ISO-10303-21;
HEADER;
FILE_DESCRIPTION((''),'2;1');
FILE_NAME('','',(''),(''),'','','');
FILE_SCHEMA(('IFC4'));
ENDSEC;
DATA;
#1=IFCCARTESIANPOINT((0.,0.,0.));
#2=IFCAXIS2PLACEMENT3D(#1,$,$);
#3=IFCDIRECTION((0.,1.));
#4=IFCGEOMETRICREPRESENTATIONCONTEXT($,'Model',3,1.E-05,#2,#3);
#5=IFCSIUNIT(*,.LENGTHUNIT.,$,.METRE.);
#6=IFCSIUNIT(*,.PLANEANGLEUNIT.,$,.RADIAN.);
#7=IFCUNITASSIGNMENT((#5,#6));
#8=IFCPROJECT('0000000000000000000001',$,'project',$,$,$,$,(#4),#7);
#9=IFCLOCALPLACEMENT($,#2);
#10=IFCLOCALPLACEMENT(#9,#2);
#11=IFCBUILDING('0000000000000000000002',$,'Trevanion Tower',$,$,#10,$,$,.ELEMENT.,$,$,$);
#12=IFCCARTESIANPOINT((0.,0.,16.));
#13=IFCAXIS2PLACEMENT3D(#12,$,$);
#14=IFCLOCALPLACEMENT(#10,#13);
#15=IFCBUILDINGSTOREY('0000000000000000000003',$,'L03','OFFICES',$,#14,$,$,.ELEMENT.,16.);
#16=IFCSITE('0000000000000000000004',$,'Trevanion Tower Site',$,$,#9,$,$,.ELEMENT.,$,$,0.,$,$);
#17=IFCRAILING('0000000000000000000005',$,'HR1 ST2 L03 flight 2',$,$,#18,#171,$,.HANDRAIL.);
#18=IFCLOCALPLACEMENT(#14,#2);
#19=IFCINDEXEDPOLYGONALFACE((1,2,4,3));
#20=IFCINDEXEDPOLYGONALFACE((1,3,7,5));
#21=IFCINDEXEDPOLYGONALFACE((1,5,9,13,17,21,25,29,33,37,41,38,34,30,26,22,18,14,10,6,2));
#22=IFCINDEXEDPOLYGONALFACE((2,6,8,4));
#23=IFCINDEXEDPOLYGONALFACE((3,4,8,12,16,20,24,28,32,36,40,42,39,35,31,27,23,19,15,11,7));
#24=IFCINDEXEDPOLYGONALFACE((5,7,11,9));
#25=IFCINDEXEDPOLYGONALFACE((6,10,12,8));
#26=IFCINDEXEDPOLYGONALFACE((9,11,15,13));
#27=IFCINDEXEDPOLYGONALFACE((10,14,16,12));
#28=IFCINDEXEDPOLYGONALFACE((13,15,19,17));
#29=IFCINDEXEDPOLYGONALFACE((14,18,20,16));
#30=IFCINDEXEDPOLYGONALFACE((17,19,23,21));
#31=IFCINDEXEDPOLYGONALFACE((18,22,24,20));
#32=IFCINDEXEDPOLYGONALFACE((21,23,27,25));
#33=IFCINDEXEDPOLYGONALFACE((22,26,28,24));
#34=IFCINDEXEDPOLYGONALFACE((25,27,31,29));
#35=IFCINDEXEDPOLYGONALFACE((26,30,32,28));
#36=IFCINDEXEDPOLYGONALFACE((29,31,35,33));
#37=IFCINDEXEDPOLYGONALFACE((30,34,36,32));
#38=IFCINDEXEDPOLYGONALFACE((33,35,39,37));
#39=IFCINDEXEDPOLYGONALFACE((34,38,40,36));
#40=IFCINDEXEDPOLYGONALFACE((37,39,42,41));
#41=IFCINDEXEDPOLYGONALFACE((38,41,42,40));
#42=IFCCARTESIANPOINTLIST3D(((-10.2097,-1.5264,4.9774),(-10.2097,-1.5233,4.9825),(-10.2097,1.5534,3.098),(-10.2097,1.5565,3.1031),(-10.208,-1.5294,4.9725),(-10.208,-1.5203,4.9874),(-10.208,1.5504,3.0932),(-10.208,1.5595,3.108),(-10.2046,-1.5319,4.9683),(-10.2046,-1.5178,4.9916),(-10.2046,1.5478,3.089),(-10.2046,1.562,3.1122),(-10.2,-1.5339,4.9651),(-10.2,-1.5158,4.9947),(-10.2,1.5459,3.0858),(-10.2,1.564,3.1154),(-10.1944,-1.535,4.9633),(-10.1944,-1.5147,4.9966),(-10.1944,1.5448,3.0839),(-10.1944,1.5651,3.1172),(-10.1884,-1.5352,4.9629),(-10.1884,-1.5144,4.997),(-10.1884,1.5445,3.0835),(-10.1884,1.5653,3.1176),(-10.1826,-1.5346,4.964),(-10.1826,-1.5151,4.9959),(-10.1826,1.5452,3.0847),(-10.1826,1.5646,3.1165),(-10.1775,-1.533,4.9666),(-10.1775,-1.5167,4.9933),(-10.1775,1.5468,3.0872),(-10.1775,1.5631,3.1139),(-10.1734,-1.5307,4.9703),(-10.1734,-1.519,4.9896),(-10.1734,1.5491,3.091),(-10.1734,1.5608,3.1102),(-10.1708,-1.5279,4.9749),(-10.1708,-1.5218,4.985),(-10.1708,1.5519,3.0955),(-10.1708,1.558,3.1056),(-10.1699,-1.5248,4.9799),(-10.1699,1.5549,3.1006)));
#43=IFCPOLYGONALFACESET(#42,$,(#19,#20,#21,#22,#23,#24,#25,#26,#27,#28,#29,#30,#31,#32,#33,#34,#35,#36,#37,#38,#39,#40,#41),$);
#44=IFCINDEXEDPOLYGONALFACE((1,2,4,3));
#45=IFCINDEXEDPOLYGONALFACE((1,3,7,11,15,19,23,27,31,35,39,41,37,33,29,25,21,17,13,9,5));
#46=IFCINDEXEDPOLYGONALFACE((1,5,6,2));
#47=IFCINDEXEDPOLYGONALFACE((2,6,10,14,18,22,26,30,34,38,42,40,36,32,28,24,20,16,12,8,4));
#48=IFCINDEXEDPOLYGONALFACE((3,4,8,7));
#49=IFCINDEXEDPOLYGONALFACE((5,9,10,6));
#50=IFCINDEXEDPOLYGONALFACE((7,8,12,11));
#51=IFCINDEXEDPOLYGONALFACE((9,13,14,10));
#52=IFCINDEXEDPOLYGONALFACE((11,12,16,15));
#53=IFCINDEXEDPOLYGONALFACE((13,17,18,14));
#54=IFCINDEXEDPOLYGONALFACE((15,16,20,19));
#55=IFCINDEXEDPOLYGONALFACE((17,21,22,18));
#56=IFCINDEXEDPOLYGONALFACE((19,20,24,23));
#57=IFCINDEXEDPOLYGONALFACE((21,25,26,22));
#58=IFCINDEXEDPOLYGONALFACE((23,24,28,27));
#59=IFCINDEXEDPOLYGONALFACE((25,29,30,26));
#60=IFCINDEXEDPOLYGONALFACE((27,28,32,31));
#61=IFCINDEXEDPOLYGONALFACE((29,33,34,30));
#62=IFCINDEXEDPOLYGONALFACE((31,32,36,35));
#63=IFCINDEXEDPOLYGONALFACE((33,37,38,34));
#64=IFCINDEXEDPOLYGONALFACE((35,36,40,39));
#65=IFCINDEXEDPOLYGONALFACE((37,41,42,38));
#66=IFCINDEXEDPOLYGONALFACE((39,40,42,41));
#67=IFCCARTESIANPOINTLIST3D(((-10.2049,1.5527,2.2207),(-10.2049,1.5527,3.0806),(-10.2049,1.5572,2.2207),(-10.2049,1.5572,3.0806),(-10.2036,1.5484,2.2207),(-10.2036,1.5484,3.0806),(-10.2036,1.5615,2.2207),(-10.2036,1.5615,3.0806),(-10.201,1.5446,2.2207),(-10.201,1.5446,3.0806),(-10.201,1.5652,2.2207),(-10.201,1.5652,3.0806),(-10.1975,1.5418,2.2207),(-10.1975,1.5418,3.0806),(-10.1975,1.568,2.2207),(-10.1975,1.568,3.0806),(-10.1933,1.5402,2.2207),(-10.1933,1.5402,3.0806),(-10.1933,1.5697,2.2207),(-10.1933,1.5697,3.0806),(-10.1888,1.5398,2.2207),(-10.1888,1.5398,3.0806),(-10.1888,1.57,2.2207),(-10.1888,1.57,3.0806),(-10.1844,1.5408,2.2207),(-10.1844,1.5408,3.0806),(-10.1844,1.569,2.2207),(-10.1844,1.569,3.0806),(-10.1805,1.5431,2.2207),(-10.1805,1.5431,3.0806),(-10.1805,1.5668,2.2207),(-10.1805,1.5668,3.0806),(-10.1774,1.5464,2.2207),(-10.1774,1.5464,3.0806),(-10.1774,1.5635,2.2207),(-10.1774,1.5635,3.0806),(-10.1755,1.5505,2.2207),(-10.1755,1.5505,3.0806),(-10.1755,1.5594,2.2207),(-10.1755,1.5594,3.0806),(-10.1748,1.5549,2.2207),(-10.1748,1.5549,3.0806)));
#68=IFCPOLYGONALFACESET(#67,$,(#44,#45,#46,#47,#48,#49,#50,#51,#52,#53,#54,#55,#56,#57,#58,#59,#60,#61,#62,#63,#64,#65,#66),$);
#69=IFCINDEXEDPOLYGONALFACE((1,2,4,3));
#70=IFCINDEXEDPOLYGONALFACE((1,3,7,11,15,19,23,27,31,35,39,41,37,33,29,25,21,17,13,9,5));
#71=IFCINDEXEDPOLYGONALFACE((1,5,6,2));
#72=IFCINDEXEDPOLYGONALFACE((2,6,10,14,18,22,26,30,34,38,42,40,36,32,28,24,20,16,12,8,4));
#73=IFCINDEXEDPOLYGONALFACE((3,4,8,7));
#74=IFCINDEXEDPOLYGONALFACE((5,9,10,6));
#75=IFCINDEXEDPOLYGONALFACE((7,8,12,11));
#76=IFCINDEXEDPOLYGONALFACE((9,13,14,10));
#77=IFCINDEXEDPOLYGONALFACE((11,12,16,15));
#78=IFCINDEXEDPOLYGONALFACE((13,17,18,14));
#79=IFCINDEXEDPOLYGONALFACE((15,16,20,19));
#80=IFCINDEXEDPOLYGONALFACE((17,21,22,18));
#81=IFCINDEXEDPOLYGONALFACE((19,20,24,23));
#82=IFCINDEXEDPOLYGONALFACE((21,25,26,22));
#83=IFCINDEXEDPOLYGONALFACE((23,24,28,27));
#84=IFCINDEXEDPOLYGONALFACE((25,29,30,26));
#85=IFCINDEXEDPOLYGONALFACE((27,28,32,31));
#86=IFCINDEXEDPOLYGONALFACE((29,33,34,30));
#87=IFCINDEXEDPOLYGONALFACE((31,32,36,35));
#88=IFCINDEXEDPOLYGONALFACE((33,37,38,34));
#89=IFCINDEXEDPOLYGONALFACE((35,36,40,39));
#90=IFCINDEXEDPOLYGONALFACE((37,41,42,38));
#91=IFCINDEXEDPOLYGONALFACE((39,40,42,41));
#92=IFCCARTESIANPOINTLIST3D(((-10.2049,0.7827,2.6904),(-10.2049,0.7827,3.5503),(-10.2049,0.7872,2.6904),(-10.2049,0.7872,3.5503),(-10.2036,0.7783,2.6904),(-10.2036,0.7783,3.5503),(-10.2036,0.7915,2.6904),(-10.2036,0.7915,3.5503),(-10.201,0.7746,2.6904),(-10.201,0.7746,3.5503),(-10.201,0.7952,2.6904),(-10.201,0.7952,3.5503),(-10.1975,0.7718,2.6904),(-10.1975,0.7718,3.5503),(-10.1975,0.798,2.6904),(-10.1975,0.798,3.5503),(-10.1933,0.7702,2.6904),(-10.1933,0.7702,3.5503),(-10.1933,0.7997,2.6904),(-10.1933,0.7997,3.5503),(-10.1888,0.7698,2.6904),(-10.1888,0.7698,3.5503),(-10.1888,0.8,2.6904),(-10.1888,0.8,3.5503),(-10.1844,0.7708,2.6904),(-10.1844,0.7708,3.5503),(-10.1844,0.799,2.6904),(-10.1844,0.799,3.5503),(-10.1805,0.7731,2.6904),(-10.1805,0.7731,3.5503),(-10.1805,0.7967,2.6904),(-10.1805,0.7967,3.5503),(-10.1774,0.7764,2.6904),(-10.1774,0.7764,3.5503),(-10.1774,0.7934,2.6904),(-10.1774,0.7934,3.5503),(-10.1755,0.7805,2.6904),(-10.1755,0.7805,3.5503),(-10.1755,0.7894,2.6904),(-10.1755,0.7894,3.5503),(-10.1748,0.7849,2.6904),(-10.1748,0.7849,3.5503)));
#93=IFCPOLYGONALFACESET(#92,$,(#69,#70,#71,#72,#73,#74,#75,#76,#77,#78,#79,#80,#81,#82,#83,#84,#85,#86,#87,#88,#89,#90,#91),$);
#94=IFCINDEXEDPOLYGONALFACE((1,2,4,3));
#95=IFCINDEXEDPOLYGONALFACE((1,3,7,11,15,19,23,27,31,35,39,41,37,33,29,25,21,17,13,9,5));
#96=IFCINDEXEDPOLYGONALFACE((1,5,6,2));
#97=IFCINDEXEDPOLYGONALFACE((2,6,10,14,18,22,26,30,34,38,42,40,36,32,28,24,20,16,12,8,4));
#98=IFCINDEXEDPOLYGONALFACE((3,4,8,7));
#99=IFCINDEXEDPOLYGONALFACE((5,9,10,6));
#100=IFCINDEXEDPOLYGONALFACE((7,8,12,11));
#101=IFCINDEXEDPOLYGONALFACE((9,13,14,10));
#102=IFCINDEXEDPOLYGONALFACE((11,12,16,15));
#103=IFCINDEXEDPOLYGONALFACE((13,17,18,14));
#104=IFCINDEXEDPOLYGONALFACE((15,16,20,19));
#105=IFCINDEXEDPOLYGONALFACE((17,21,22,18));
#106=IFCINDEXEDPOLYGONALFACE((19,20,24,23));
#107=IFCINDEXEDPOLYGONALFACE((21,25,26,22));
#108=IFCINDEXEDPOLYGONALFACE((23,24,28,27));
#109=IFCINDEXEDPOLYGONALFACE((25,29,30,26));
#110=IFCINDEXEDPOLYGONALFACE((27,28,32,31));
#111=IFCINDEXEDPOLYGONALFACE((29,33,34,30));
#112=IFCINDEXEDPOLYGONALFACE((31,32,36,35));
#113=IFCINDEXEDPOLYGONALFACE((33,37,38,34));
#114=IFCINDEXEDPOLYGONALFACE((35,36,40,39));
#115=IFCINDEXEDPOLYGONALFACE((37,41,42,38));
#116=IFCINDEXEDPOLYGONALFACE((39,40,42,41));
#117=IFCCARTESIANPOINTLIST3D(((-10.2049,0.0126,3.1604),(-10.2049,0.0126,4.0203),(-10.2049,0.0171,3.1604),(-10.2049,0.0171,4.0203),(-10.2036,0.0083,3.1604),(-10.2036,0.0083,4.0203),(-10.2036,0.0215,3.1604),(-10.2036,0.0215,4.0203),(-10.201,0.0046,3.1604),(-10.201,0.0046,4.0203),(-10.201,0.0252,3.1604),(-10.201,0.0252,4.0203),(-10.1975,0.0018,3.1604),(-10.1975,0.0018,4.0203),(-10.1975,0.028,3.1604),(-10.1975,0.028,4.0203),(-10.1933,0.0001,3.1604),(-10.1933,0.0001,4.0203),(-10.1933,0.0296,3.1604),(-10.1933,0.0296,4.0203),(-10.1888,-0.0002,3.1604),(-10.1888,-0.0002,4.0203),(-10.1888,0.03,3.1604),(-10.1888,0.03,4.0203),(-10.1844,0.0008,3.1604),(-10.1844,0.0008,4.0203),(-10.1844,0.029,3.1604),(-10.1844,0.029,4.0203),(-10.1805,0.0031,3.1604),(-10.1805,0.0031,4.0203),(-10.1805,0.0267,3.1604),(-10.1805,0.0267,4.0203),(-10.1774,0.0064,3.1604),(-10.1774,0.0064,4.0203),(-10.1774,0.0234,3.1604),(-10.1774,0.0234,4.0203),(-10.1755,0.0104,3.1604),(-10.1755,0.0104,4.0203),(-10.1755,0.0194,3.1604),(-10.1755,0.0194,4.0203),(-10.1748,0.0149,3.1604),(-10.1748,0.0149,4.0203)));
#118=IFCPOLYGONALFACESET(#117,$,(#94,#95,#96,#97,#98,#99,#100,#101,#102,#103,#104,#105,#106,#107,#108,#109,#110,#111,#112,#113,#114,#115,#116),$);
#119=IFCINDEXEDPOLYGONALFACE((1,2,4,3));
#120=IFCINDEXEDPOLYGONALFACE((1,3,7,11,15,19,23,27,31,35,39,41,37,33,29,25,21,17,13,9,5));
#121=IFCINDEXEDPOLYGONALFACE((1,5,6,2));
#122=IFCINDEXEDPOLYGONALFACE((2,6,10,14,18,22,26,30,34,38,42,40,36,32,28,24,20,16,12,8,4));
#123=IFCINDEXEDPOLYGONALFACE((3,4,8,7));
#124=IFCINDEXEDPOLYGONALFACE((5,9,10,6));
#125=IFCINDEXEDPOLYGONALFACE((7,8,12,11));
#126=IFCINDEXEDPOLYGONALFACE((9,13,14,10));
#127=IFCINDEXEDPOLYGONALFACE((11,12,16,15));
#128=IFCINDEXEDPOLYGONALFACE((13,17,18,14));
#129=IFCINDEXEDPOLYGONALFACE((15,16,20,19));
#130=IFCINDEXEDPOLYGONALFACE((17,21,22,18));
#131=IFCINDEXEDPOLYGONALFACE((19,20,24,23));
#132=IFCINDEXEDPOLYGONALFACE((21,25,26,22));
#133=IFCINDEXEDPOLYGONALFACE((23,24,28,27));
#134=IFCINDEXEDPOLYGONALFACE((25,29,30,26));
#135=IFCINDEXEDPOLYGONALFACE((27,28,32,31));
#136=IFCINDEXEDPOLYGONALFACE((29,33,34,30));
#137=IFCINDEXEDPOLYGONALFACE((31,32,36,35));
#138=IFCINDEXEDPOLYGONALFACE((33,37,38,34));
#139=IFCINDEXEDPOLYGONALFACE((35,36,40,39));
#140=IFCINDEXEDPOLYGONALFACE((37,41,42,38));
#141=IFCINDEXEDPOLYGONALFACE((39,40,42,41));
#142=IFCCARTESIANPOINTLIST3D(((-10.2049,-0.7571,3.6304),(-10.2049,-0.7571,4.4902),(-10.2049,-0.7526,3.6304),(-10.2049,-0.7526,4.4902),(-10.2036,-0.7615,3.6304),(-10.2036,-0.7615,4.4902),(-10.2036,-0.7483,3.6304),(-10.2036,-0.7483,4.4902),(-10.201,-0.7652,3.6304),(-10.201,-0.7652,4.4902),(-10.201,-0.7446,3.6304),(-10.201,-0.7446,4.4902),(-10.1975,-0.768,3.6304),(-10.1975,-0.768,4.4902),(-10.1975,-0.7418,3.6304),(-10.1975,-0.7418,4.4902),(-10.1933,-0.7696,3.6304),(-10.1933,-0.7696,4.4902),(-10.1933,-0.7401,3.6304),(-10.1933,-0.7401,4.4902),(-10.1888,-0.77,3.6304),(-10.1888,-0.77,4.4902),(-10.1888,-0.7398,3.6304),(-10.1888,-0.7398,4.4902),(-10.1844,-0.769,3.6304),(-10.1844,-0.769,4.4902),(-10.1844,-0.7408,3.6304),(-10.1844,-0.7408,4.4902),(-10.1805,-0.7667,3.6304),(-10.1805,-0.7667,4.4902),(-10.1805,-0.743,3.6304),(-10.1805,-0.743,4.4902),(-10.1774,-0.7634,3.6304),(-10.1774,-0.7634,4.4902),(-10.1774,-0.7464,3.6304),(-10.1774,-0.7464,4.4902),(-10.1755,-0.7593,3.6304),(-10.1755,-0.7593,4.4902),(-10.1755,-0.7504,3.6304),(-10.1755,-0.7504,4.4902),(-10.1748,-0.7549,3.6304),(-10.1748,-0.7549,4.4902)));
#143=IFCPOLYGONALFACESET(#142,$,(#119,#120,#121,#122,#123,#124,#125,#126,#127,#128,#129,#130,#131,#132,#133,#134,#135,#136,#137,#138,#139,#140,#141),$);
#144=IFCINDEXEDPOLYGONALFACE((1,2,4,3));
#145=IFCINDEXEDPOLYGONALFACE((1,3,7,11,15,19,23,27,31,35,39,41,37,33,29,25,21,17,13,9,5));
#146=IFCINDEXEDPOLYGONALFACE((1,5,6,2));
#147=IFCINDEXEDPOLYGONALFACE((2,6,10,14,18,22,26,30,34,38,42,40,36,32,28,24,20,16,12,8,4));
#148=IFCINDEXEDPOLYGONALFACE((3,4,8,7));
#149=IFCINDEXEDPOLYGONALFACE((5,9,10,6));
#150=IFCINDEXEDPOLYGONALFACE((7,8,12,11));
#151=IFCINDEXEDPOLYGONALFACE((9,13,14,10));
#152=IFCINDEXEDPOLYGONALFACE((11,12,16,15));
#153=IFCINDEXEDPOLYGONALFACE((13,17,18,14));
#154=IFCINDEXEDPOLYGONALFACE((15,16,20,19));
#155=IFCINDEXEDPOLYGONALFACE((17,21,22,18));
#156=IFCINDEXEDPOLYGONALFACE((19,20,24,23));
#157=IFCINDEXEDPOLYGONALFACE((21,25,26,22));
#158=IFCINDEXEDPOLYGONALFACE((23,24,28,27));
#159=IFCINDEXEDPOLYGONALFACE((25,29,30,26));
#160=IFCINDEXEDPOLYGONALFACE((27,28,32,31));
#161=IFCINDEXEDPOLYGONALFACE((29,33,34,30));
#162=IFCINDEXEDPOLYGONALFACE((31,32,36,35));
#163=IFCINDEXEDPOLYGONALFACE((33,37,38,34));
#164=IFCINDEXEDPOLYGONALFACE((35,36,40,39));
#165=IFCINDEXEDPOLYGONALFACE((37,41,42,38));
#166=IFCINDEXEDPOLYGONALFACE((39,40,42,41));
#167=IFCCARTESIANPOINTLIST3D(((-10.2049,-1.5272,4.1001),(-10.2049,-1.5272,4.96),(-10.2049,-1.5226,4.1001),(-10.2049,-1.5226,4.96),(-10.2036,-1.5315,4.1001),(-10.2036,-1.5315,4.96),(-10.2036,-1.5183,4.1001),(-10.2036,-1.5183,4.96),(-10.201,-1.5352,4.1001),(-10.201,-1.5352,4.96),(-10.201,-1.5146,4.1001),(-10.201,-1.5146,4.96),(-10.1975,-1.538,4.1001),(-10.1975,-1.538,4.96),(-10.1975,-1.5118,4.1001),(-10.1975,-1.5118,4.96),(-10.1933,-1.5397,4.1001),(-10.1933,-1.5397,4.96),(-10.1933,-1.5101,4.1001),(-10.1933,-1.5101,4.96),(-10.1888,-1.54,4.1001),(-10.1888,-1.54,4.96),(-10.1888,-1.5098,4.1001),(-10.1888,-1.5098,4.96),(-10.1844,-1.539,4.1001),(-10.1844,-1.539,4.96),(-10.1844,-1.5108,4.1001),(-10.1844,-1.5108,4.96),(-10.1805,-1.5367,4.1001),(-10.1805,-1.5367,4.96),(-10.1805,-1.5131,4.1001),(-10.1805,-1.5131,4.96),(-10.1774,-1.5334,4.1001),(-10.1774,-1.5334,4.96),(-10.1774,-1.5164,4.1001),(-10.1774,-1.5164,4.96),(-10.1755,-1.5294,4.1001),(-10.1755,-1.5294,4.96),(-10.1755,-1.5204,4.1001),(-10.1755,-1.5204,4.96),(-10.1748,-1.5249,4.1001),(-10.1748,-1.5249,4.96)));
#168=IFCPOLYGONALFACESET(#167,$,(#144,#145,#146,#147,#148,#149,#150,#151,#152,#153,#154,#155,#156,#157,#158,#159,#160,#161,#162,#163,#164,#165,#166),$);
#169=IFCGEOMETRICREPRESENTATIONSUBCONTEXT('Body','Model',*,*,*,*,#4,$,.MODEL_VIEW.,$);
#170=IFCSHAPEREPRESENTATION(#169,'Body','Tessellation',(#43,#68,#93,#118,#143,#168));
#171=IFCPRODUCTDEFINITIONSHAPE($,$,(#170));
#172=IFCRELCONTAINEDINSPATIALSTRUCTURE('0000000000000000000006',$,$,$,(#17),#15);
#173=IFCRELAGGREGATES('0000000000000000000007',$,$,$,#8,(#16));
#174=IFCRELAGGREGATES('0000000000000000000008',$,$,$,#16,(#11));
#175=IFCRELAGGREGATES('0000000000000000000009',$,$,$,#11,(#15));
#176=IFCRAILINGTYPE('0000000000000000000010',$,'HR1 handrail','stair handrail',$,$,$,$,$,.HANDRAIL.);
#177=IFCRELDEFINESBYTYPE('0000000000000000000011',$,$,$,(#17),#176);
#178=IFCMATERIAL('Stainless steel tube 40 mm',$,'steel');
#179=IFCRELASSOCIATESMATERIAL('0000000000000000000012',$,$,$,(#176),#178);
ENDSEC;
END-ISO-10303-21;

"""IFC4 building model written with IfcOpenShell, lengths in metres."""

from ifc_helpers import new_model, si_unit, direction, frame, origin, origin_2d, place, context, subcontext, project, spatial, circle, extrude, material, type_object, element, save


model = new_model("IFC4")

# Units and contexts
model_context = context("Model", 3, precision=1e-05, world=origin(), true_north=direction((0.0, 1.0)))
body_context = subcontext(model_context, "Body", "Model", "MODEL_VIEW")
ifc_project = project(units=[si_unit("LENGTHUNIT", "METRE"), si_unit("PLANEANGLEUNIT", "RADIAN")], contexts=[model_context])

# Site, building, storey
site_placement = place(None, origin())
site = spatial("IfcSite", under=ifc_project, at=site_placement, Name="Trevanion Tower Site", CompositionType="ELEMENT", RefElevation=0.0)
building_placement = place(site_placement, origin())
building = spatial("IfcBuilding", under=site, at=building_placement, Name="Trevanion Tower", CompositionType="ELEMENT")
storey_placement = place(building_placement, frame((0.0, 0.0, 16.0)))
storey = spatial("IfcBuildingStorey", under=building, at=storey_placement, Name="L03", Description="OFFICES", CompositionType="ELEMENT", Elevation=16.0)

# Railing
ifc_material_1 = material(Name="Stainless steel tube 40 mm", Category="steel")
railing_type = type_object("IfcRailingType", Name="HR1 handrail", Description="stair handrail", PredefinedType="HANDRAIL", material=ifc_material_1)
for number, where, name in (
    (1, (-10.1899, 1.5549, 2.2207), "HR1 ST2 L03 flight 2"),
):
    element("IfcRailing", number, at=place(storey_placement, frame(where)), inside=storey, type_object=railing_type, Name=name, PredefinedType="HANDRAIL", context=body_context, shape_type="SweptSolid", body=[
        extrude(circle(Radius=0.02, at=origin_2d()), frame((0.0, 0.0, 0.8799), z_axis=(0.0, -0.853618, 0.5209), x_axis=(1.0, 0.0, 0.0)), (0.0, 0.0, 1.0), 3.6079),
        extrude(circle(Radius=0.0151, at=origin_2d()), origin(), (0.0, 0.0, 1.0), 0.8599),
        extrude(circle(Radius=0.0151, at=origin_2d()), frame((0.0, -0.77, 0.4697)), (0.0, 0.0, 1.0), 0.8599),
        extrude(circle(Radius=0.0151, at=origin_2d()), frame((0.0, -1.54, 0.9397)), (0.0, 0.0, 1.0), 0.8599),
        extrude(circle(Radius=0.0151, at=origin_2d()), frame((0.0, -2.3098, 1.4097)), (0.0, 0.0, 1.0), 0.8599),
        extrude(circle(Radius=0.0151, at=origin_2d()), frame((0.0, -3.0798, 1.8794)), (0.0, 0.0, 1.0), 0.8599),
    ])

save(model, "model.ifc")
